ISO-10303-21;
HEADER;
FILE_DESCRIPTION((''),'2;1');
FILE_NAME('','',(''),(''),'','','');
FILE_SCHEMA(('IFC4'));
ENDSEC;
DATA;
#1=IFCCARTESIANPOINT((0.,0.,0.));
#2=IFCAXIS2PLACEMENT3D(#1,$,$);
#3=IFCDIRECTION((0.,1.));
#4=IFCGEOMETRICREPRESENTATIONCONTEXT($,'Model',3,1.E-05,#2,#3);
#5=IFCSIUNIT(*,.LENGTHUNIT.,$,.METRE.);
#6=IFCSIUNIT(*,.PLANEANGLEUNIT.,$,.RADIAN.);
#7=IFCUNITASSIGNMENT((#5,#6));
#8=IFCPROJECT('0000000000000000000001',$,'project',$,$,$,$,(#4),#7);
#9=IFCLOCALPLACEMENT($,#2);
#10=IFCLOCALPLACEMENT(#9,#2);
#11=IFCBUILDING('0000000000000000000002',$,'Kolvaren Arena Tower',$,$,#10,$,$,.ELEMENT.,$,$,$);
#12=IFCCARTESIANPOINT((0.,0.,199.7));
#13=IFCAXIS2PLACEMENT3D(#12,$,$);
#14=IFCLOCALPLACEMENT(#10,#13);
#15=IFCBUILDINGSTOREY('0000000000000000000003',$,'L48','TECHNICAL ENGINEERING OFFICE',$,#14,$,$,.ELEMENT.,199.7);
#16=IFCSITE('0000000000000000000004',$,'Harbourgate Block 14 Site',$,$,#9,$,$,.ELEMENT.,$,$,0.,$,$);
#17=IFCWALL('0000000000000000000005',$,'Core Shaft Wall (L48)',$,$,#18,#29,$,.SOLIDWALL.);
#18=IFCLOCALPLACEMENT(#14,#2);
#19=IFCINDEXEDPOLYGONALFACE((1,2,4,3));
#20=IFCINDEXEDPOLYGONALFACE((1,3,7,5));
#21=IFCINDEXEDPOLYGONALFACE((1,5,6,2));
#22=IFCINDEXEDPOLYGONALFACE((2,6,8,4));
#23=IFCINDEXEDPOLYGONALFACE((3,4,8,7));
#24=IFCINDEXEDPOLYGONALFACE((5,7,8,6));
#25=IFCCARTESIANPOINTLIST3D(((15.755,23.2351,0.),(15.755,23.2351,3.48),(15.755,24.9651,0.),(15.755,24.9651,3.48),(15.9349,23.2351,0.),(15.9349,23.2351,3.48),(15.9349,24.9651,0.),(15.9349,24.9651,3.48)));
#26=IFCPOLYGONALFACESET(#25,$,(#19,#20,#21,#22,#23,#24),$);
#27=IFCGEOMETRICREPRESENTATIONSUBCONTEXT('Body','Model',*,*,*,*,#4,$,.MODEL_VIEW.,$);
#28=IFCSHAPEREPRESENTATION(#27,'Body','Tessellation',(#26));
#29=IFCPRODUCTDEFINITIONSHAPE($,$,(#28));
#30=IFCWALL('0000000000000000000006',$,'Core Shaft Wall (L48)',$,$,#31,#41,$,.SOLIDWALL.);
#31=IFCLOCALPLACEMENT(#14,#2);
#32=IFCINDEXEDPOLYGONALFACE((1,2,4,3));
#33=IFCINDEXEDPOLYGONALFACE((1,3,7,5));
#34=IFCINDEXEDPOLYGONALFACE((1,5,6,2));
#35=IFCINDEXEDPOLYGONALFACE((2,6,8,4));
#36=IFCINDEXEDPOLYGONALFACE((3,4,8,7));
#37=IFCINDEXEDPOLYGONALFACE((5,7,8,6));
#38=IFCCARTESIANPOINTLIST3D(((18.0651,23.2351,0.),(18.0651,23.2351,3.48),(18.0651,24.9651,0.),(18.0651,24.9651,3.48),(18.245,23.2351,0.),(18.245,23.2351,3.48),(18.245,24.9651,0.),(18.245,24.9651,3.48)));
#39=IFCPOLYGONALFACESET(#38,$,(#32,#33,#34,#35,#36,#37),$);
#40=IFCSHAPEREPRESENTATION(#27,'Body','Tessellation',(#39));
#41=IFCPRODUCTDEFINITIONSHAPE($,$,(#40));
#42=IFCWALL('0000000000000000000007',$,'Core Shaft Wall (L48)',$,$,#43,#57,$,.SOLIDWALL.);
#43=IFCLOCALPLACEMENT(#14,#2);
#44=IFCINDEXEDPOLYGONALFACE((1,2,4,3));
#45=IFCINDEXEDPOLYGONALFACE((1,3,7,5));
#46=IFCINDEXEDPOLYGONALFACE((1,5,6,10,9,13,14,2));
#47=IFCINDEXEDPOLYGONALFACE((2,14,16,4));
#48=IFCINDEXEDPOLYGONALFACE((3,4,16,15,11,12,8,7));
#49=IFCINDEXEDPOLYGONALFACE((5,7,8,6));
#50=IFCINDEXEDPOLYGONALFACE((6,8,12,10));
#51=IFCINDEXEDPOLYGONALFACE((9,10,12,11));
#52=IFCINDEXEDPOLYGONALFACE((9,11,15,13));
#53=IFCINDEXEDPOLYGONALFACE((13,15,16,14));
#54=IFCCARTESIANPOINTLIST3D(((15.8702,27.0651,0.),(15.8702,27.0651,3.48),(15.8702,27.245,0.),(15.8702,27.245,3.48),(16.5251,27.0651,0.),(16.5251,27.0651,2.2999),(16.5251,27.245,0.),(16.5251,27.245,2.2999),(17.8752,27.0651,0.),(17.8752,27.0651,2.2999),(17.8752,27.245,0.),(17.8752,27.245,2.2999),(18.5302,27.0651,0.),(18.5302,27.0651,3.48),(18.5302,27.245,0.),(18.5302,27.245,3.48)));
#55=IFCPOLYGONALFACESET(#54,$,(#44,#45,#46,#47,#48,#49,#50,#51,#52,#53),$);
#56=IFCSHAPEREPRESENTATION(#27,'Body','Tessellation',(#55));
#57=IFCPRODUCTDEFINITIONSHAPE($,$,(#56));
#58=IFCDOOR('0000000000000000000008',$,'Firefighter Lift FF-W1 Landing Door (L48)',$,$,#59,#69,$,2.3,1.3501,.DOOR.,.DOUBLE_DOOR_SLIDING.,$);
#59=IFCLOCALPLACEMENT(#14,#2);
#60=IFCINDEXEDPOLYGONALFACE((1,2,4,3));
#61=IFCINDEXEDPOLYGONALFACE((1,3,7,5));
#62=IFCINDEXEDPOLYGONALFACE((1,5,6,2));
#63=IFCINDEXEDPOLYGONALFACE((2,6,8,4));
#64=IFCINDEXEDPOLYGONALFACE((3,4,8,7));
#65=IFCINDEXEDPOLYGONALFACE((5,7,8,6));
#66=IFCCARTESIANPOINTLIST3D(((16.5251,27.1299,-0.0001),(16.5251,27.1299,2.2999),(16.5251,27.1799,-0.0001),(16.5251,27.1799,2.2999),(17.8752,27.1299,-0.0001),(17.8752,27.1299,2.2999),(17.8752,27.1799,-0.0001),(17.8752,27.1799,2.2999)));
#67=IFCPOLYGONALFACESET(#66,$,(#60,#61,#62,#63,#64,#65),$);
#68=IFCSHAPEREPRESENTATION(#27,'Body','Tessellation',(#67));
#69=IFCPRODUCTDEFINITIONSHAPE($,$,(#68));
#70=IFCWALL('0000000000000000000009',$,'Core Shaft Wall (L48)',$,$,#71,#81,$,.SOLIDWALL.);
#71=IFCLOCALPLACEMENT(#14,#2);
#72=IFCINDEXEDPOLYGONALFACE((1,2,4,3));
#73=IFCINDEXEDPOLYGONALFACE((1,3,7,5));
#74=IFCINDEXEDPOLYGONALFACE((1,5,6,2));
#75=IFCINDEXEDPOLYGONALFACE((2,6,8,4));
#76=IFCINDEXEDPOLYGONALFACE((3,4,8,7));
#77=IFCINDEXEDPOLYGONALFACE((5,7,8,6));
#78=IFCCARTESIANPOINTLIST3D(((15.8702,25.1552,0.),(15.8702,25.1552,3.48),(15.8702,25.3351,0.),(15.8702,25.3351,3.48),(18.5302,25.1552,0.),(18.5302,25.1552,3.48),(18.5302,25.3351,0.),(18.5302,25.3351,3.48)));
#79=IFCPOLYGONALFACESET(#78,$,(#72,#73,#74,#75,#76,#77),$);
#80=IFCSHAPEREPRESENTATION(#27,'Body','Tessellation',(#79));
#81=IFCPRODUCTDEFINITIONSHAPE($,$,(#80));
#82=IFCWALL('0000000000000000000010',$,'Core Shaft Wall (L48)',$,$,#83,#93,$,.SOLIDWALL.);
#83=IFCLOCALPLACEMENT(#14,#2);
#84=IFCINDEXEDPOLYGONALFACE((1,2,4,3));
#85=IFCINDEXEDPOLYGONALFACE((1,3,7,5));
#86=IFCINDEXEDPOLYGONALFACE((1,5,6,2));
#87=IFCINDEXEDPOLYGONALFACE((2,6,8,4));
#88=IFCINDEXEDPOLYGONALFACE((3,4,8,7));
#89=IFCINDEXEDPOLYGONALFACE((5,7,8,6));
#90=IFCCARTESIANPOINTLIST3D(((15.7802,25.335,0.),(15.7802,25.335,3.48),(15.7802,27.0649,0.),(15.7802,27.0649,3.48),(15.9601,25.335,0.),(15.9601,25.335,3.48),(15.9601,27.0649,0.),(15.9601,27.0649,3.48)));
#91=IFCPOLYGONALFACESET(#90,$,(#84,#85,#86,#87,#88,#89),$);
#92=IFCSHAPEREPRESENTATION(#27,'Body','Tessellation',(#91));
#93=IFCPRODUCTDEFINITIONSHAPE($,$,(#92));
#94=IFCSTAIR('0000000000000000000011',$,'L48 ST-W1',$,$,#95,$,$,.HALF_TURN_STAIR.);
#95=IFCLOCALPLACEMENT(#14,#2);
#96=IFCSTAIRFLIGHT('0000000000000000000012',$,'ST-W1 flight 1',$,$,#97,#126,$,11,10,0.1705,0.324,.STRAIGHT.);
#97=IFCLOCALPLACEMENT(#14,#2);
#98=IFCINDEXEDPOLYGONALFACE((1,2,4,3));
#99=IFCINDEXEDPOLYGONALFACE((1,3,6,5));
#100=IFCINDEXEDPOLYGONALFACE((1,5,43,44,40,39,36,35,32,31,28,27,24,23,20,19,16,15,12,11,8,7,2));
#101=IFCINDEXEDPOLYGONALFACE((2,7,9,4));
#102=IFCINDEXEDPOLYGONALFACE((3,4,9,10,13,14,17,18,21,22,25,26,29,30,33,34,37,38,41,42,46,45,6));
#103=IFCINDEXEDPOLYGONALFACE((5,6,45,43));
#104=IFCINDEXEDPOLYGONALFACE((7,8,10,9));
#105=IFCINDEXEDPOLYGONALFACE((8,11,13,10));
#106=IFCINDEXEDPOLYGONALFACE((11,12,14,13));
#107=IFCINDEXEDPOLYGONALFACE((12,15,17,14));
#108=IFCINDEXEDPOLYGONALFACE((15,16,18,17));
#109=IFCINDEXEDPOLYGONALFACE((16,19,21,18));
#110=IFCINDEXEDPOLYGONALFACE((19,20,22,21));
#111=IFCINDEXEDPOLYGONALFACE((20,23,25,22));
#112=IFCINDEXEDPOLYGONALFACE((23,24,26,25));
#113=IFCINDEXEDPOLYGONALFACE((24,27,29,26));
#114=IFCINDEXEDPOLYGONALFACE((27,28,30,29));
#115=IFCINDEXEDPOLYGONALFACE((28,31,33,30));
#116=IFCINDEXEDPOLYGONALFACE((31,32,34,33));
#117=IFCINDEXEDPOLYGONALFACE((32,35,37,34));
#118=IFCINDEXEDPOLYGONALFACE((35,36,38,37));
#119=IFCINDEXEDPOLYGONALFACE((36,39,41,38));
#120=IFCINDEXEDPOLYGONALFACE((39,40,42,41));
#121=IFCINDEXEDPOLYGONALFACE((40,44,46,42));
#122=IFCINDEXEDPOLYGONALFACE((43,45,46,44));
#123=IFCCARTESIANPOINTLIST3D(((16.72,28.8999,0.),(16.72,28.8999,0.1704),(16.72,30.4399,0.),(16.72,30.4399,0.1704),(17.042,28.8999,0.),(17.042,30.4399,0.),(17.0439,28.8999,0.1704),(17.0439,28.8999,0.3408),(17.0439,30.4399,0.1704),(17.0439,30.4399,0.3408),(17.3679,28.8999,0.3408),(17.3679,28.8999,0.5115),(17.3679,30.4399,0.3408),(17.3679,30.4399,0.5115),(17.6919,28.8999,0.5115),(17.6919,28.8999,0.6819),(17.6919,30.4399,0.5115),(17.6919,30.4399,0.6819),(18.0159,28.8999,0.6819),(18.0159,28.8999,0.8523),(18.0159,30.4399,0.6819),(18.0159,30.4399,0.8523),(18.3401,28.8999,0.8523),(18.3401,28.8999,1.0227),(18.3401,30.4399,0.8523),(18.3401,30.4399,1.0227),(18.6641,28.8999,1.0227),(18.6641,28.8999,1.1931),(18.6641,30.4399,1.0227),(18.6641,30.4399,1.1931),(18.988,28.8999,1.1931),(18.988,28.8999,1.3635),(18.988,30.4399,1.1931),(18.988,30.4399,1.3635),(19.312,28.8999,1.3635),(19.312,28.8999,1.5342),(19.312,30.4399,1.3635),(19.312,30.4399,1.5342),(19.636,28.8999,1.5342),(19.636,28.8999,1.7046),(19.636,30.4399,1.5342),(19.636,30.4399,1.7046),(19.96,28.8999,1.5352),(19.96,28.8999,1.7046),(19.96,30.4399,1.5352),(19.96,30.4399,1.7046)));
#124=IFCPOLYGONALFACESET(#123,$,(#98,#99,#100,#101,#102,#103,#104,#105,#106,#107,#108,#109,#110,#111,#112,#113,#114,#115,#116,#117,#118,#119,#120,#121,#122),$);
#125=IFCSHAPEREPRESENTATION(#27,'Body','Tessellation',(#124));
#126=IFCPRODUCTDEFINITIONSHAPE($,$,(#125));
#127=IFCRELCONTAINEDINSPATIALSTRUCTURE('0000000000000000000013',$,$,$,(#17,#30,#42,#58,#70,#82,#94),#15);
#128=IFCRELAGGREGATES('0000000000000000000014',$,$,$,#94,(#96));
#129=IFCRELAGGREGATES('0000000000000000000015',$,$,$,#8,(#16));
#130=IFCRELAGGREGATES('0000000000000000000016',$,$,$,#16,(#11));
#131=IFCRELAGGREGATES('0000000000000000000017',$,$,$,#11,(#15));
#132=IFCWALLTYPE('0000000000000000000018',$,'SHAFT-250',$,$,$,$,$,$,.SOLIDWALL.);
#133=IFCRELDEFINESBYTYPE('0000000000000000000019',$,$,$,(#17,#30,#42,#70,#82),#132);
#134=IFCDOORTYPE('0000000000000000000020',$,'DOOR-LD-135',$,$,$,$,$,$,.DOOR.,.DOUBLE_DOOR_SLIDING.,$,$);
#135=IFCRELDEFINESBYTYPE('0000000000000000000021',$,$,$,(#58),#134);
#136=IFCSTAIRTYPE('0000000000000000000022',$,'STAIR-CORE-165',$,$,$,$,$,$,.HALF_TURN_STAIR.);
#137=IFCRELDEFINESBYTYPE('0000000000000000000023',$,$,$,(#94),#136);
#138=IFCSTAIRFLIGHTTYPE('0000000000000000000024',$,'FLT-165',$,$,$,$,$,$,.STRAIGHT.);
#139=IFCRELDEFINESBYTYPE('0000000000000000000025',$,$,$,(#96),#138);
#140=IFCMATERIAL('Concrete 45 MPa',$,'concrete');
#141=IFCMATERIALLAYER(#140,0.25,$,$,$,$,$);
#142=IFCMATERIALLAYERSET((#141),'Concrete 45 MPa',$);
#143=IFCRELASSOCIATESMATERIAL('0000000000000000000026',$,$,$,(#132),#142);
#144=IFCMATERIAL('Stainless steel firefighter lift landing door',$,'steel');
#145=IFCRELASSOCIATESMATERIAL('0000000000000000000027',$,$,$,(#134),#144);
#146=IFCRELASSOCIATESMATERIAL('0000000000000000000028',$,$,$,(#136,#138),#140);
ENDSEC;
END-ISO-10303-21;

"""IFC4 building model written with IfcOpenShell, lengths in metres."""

from ifc_helpers import new_model, si_unit, direction, frame, frame_2d, origin, place, context, subcontext, project, spatial, polyline, rectangle, outline, extrude, material, layer, layer_set, type_object, element, fill, aggregate, save


model = new_model("IFC4")

# Units and contexts
model_context = context("Model", 3, precision=1e-05, world=origin(), true_north=direction((0.0, 1.0)))
body_context = subcontext(model_context, "Body", "Model", "MODEL_VIEW")
ifc_project = project(units=[si_unit("LENGTHUNIT", "METRE"), si_unit("PLANEANGLEUNIT", "RADIAN")], contexts=[model_context])

# Site, building, storey
site_placement = place(None, origin())
site = spatial("IfcSite", under=ifc_project, at=site_placement, Name="Harbourgate Block 14 Site", CompositionType="ELEMENT", RefElevation=0.0)
building_placement = place(site_placement, origin())
building = spatial("IfcBuilding", under=site, at=building_placement, Name="Kolvaren Arena Tower", CompositionType="ELEMENT")
storey_placement = place(building_placement, frame((0.0, 0.0, 199.7)))
storey = spatial("IfcBuildingStorey", under=building, at=storey_placement, Name="L48", Description="TECHNICAL ENGINEERING OFFICE", CompositionType="ELEMENT", Elevation=199.7)

# Shared definitions
ifc_material_1 = material(Name="Concrete 45 MPa", Category="concrete")
ifc_layer = layer(ifc_material_1, 0.25)
ifc_layer_set = layer_set([ifc_layer], Name="Concrete 45 MPa")
wall_type = type_object("IfcWallType", Name="SHAFT-250", PredefinedType="SOLIDWALL", material=ifc_layer_set)

# Walls
for number, where, z_axis, x_axis, name in (
    (1, (15.845, 23.2351, 0.0), (0.0, 0.0, 1.0), (0.0, 1.0, 0.0), "Core Shaft Wall (L48)"),
    (2, (18.155, 23.2351, 0.0), (0.0, 0.0, 1.0), (0.0, 1.0, 0.0), "Core Shaft Wall (L48)"),
):
    element("IfcWall", number, at=place(storey_placement, frame(where, z_axis=z_axis, x_axis=x_axis)), inside=storey, type_object=wall_type, Name=name, PredefinedType="SOLIDWALL", context=body_context, shape_type="SweptSolid", body=[
        extrude(rectangle(XDim=1.73, YDim=0.1799, at=frame_2d((0.865, 0.0))), origin(), (0.0, 0.0, 1.0), 3.48),
    ])

# Wall, opening, door
wall_1_placement = place(storey_placement, frame((15.8701, 27.155, 0.0), z_axis=(0.0, 0.0, 1.0), x_axis=(1.0, 0.0, 0.0)))
wall_1 = element("IfcWall", 3, at=wall_1_placement, inside=storey, type_object=wall_type, Name="Core Shaft Wall (L48)", PredefinedType="SOLIDWALL", context=body_context, shape_type="SweptSolid", body=[
    extrude(rectangle(XDim=2.6599, YDim=0.1799, at=frame_2d((1.3301, 0.0))), origin(), (0.0, 0.0, 1.0), 3.48),
])
opening_1_placement = place(wall_1_placement, frame((0.655, 0.0, 0.0)))
opening_1 = element("IfcOpeningElement", 4, at=opening_1_placement, cuts=wall_1, PredefinedType="OPENING", context=body_context, shape_type="SweptSolid", body=[
    extrude(rectangle(XDim=1.3501, YDim=2.3, at=frame_2d((0.675, 1.1499))), frame((0.0, 0.0999, 0.0), z_axis=(0.0, -1.0, 0.0), x_axis=(1.0, 0.0, 0.0)), (0.0, 0.0, 1.0), 0.2),
])
ifc_material_2 = material(Name="Stainless steel firefighter lift landing door", Category="steel")
door_type_1 = type_object("IfcDoorType", Name="DOOR-LD-135", OperationType="DOUBLE_DOOR_SLIDING", PredefinedType="DOOR", material=ifc_material_2)
door_1_placement = place(opening_1_placement, origin())
door_1 = element("IfcDoor", 5, at=door_1_placement, inside=storey, type_object=door_type_1, Name="Firefighter Lift FF-W1 Landing Door (L48)", OperationType="DOUBLE_DOOR_SLIDING", OverallHeight=2.3, OverallWidth=1.3501, PredefinedType="DOOR", context=body_context, shape_type="SweptSolid", body=[
    extrude(rectangle(XDim=1.3501, YDim=2.3, at=frame_2d((0.675, 1.1499))), frame((0.0, 0.0249, 0.0), z_axis=(0.0, -1.0, 0.0), x_axis=(1.0, 0.0, 0.0)), (0.0, 0.0, 1.0), 0.05),
])
fill(opening_1, door_1)

# Walls
wall_2_placement = place(storey_placement, frame((15.8701, 25.2451, 0.0), z_axis=(0.0, 0.0, 1.0), x_axis=(1.0, 0.0, 0.0)))
element("IfcWall", 6, at=wall_2_placement, inside=storey, type_object=wall_type, Name="Core Shaft Wall (L48)", PredefinedType="SOLIDWALL", context=body_context, shape_type="SweptSolid", body=[
    extrude(rectangle(XDim=2.6599, YDim=0.1799, at=frame_2d((1.3301, 0.0))), origin(), (0.0, 0.0, 1.0), 3.48),
])
wall_3_placement = place(storey_placement, frame((15.8701, 25.335, 0.0), z_axis=(0.0, 0.0, 1.0), x_axis=(0.0, 1.0, 0.0)))
element("IfcWall", 7, at=wall_3_placement, inside=storey, type_object=wall_type, Name="Core Shaft Wall (L48)", PredefinedType="SOLIDWALL", context=body_context, shape_type="SweptSolid", body=[
    extrude(rectangle(XDim=1.73, YDim=0.1799, at=frame_2d((0.865, 0.0))), origin(), (0.0, 0.0, 1.0), 3.48),
])

# Stair, stair flight
stair_type = type_object("IfcStairType", Name="STAIR-CORE-165", PredefinedType="HALF_TURN_STAIR", material=ifc_material_1)
stair_placement = place(storey_placement, origin())
stair = element("IfcStair", 8, at=stair_placement, inside=storey, type_object=stair_type, Name="L48 ST-W1", PredefinedType="HALF_TURN_STAIR")
stair_flight_type = type_object("IfcStairFlightType", Name="FLT-165", PredefinedType="STRAIGHT", material=ifc_material_1)
stair_flight_placement = place(storey_placement, frame((16.72, 29.6699, 0.0), z_axis=(0.0, 0.0, 1.0), x_axis=(1.0, 0.0, 0.0)))
stair_flight = element("IfcStairFlight", 9, at=stair_flight_placement, type_object=stair_flight_type, Name="ST-W1 flight 1", NumberOfRisers=11, NumberOfTreads=10, PredefinedType="STRAIGHT", RiserHeight=0.1705, TreadLength=0.324, context=body_context, shape_type="SweptSolid", body=[
    extrude(outline(polyline([(0.0, 0.0), (0.0, 0.1704), (0.324, 0.1704), (0.324, 0.3408), (0.6479, 0.3408), (0.6479, 0.5115), (0.9719, 0.5115), (0.9719, 0.6819), (1.2959, 0.6819), (1.2959, 0.8523), (1.6201, 0.8523), (1.6201, 1.0227), (1.9441, 1.0227), (1.9441, 1.1931), (2.2681, 1.1931), (2.2681, 1.3635), (2.592, 1.3635), (2.592, 1.5342), (2.916, 1.5342), (2.916, 1.7046), (3.24, 1.7046), (3.24, 1.875), (3.24, 1.5352), (0.322, 0.0), (0.0, 0.0)])), frame((0.0, 0.77, 0.0), z_axis=(0.0, -1.0, 0.0), x_axis=(1.0, 0.0, 0.0)), (0.0, 0.0, 1.0), 1.54),
])
aggregate(stair, [stair_flight])

save(model, "model.ifc")
